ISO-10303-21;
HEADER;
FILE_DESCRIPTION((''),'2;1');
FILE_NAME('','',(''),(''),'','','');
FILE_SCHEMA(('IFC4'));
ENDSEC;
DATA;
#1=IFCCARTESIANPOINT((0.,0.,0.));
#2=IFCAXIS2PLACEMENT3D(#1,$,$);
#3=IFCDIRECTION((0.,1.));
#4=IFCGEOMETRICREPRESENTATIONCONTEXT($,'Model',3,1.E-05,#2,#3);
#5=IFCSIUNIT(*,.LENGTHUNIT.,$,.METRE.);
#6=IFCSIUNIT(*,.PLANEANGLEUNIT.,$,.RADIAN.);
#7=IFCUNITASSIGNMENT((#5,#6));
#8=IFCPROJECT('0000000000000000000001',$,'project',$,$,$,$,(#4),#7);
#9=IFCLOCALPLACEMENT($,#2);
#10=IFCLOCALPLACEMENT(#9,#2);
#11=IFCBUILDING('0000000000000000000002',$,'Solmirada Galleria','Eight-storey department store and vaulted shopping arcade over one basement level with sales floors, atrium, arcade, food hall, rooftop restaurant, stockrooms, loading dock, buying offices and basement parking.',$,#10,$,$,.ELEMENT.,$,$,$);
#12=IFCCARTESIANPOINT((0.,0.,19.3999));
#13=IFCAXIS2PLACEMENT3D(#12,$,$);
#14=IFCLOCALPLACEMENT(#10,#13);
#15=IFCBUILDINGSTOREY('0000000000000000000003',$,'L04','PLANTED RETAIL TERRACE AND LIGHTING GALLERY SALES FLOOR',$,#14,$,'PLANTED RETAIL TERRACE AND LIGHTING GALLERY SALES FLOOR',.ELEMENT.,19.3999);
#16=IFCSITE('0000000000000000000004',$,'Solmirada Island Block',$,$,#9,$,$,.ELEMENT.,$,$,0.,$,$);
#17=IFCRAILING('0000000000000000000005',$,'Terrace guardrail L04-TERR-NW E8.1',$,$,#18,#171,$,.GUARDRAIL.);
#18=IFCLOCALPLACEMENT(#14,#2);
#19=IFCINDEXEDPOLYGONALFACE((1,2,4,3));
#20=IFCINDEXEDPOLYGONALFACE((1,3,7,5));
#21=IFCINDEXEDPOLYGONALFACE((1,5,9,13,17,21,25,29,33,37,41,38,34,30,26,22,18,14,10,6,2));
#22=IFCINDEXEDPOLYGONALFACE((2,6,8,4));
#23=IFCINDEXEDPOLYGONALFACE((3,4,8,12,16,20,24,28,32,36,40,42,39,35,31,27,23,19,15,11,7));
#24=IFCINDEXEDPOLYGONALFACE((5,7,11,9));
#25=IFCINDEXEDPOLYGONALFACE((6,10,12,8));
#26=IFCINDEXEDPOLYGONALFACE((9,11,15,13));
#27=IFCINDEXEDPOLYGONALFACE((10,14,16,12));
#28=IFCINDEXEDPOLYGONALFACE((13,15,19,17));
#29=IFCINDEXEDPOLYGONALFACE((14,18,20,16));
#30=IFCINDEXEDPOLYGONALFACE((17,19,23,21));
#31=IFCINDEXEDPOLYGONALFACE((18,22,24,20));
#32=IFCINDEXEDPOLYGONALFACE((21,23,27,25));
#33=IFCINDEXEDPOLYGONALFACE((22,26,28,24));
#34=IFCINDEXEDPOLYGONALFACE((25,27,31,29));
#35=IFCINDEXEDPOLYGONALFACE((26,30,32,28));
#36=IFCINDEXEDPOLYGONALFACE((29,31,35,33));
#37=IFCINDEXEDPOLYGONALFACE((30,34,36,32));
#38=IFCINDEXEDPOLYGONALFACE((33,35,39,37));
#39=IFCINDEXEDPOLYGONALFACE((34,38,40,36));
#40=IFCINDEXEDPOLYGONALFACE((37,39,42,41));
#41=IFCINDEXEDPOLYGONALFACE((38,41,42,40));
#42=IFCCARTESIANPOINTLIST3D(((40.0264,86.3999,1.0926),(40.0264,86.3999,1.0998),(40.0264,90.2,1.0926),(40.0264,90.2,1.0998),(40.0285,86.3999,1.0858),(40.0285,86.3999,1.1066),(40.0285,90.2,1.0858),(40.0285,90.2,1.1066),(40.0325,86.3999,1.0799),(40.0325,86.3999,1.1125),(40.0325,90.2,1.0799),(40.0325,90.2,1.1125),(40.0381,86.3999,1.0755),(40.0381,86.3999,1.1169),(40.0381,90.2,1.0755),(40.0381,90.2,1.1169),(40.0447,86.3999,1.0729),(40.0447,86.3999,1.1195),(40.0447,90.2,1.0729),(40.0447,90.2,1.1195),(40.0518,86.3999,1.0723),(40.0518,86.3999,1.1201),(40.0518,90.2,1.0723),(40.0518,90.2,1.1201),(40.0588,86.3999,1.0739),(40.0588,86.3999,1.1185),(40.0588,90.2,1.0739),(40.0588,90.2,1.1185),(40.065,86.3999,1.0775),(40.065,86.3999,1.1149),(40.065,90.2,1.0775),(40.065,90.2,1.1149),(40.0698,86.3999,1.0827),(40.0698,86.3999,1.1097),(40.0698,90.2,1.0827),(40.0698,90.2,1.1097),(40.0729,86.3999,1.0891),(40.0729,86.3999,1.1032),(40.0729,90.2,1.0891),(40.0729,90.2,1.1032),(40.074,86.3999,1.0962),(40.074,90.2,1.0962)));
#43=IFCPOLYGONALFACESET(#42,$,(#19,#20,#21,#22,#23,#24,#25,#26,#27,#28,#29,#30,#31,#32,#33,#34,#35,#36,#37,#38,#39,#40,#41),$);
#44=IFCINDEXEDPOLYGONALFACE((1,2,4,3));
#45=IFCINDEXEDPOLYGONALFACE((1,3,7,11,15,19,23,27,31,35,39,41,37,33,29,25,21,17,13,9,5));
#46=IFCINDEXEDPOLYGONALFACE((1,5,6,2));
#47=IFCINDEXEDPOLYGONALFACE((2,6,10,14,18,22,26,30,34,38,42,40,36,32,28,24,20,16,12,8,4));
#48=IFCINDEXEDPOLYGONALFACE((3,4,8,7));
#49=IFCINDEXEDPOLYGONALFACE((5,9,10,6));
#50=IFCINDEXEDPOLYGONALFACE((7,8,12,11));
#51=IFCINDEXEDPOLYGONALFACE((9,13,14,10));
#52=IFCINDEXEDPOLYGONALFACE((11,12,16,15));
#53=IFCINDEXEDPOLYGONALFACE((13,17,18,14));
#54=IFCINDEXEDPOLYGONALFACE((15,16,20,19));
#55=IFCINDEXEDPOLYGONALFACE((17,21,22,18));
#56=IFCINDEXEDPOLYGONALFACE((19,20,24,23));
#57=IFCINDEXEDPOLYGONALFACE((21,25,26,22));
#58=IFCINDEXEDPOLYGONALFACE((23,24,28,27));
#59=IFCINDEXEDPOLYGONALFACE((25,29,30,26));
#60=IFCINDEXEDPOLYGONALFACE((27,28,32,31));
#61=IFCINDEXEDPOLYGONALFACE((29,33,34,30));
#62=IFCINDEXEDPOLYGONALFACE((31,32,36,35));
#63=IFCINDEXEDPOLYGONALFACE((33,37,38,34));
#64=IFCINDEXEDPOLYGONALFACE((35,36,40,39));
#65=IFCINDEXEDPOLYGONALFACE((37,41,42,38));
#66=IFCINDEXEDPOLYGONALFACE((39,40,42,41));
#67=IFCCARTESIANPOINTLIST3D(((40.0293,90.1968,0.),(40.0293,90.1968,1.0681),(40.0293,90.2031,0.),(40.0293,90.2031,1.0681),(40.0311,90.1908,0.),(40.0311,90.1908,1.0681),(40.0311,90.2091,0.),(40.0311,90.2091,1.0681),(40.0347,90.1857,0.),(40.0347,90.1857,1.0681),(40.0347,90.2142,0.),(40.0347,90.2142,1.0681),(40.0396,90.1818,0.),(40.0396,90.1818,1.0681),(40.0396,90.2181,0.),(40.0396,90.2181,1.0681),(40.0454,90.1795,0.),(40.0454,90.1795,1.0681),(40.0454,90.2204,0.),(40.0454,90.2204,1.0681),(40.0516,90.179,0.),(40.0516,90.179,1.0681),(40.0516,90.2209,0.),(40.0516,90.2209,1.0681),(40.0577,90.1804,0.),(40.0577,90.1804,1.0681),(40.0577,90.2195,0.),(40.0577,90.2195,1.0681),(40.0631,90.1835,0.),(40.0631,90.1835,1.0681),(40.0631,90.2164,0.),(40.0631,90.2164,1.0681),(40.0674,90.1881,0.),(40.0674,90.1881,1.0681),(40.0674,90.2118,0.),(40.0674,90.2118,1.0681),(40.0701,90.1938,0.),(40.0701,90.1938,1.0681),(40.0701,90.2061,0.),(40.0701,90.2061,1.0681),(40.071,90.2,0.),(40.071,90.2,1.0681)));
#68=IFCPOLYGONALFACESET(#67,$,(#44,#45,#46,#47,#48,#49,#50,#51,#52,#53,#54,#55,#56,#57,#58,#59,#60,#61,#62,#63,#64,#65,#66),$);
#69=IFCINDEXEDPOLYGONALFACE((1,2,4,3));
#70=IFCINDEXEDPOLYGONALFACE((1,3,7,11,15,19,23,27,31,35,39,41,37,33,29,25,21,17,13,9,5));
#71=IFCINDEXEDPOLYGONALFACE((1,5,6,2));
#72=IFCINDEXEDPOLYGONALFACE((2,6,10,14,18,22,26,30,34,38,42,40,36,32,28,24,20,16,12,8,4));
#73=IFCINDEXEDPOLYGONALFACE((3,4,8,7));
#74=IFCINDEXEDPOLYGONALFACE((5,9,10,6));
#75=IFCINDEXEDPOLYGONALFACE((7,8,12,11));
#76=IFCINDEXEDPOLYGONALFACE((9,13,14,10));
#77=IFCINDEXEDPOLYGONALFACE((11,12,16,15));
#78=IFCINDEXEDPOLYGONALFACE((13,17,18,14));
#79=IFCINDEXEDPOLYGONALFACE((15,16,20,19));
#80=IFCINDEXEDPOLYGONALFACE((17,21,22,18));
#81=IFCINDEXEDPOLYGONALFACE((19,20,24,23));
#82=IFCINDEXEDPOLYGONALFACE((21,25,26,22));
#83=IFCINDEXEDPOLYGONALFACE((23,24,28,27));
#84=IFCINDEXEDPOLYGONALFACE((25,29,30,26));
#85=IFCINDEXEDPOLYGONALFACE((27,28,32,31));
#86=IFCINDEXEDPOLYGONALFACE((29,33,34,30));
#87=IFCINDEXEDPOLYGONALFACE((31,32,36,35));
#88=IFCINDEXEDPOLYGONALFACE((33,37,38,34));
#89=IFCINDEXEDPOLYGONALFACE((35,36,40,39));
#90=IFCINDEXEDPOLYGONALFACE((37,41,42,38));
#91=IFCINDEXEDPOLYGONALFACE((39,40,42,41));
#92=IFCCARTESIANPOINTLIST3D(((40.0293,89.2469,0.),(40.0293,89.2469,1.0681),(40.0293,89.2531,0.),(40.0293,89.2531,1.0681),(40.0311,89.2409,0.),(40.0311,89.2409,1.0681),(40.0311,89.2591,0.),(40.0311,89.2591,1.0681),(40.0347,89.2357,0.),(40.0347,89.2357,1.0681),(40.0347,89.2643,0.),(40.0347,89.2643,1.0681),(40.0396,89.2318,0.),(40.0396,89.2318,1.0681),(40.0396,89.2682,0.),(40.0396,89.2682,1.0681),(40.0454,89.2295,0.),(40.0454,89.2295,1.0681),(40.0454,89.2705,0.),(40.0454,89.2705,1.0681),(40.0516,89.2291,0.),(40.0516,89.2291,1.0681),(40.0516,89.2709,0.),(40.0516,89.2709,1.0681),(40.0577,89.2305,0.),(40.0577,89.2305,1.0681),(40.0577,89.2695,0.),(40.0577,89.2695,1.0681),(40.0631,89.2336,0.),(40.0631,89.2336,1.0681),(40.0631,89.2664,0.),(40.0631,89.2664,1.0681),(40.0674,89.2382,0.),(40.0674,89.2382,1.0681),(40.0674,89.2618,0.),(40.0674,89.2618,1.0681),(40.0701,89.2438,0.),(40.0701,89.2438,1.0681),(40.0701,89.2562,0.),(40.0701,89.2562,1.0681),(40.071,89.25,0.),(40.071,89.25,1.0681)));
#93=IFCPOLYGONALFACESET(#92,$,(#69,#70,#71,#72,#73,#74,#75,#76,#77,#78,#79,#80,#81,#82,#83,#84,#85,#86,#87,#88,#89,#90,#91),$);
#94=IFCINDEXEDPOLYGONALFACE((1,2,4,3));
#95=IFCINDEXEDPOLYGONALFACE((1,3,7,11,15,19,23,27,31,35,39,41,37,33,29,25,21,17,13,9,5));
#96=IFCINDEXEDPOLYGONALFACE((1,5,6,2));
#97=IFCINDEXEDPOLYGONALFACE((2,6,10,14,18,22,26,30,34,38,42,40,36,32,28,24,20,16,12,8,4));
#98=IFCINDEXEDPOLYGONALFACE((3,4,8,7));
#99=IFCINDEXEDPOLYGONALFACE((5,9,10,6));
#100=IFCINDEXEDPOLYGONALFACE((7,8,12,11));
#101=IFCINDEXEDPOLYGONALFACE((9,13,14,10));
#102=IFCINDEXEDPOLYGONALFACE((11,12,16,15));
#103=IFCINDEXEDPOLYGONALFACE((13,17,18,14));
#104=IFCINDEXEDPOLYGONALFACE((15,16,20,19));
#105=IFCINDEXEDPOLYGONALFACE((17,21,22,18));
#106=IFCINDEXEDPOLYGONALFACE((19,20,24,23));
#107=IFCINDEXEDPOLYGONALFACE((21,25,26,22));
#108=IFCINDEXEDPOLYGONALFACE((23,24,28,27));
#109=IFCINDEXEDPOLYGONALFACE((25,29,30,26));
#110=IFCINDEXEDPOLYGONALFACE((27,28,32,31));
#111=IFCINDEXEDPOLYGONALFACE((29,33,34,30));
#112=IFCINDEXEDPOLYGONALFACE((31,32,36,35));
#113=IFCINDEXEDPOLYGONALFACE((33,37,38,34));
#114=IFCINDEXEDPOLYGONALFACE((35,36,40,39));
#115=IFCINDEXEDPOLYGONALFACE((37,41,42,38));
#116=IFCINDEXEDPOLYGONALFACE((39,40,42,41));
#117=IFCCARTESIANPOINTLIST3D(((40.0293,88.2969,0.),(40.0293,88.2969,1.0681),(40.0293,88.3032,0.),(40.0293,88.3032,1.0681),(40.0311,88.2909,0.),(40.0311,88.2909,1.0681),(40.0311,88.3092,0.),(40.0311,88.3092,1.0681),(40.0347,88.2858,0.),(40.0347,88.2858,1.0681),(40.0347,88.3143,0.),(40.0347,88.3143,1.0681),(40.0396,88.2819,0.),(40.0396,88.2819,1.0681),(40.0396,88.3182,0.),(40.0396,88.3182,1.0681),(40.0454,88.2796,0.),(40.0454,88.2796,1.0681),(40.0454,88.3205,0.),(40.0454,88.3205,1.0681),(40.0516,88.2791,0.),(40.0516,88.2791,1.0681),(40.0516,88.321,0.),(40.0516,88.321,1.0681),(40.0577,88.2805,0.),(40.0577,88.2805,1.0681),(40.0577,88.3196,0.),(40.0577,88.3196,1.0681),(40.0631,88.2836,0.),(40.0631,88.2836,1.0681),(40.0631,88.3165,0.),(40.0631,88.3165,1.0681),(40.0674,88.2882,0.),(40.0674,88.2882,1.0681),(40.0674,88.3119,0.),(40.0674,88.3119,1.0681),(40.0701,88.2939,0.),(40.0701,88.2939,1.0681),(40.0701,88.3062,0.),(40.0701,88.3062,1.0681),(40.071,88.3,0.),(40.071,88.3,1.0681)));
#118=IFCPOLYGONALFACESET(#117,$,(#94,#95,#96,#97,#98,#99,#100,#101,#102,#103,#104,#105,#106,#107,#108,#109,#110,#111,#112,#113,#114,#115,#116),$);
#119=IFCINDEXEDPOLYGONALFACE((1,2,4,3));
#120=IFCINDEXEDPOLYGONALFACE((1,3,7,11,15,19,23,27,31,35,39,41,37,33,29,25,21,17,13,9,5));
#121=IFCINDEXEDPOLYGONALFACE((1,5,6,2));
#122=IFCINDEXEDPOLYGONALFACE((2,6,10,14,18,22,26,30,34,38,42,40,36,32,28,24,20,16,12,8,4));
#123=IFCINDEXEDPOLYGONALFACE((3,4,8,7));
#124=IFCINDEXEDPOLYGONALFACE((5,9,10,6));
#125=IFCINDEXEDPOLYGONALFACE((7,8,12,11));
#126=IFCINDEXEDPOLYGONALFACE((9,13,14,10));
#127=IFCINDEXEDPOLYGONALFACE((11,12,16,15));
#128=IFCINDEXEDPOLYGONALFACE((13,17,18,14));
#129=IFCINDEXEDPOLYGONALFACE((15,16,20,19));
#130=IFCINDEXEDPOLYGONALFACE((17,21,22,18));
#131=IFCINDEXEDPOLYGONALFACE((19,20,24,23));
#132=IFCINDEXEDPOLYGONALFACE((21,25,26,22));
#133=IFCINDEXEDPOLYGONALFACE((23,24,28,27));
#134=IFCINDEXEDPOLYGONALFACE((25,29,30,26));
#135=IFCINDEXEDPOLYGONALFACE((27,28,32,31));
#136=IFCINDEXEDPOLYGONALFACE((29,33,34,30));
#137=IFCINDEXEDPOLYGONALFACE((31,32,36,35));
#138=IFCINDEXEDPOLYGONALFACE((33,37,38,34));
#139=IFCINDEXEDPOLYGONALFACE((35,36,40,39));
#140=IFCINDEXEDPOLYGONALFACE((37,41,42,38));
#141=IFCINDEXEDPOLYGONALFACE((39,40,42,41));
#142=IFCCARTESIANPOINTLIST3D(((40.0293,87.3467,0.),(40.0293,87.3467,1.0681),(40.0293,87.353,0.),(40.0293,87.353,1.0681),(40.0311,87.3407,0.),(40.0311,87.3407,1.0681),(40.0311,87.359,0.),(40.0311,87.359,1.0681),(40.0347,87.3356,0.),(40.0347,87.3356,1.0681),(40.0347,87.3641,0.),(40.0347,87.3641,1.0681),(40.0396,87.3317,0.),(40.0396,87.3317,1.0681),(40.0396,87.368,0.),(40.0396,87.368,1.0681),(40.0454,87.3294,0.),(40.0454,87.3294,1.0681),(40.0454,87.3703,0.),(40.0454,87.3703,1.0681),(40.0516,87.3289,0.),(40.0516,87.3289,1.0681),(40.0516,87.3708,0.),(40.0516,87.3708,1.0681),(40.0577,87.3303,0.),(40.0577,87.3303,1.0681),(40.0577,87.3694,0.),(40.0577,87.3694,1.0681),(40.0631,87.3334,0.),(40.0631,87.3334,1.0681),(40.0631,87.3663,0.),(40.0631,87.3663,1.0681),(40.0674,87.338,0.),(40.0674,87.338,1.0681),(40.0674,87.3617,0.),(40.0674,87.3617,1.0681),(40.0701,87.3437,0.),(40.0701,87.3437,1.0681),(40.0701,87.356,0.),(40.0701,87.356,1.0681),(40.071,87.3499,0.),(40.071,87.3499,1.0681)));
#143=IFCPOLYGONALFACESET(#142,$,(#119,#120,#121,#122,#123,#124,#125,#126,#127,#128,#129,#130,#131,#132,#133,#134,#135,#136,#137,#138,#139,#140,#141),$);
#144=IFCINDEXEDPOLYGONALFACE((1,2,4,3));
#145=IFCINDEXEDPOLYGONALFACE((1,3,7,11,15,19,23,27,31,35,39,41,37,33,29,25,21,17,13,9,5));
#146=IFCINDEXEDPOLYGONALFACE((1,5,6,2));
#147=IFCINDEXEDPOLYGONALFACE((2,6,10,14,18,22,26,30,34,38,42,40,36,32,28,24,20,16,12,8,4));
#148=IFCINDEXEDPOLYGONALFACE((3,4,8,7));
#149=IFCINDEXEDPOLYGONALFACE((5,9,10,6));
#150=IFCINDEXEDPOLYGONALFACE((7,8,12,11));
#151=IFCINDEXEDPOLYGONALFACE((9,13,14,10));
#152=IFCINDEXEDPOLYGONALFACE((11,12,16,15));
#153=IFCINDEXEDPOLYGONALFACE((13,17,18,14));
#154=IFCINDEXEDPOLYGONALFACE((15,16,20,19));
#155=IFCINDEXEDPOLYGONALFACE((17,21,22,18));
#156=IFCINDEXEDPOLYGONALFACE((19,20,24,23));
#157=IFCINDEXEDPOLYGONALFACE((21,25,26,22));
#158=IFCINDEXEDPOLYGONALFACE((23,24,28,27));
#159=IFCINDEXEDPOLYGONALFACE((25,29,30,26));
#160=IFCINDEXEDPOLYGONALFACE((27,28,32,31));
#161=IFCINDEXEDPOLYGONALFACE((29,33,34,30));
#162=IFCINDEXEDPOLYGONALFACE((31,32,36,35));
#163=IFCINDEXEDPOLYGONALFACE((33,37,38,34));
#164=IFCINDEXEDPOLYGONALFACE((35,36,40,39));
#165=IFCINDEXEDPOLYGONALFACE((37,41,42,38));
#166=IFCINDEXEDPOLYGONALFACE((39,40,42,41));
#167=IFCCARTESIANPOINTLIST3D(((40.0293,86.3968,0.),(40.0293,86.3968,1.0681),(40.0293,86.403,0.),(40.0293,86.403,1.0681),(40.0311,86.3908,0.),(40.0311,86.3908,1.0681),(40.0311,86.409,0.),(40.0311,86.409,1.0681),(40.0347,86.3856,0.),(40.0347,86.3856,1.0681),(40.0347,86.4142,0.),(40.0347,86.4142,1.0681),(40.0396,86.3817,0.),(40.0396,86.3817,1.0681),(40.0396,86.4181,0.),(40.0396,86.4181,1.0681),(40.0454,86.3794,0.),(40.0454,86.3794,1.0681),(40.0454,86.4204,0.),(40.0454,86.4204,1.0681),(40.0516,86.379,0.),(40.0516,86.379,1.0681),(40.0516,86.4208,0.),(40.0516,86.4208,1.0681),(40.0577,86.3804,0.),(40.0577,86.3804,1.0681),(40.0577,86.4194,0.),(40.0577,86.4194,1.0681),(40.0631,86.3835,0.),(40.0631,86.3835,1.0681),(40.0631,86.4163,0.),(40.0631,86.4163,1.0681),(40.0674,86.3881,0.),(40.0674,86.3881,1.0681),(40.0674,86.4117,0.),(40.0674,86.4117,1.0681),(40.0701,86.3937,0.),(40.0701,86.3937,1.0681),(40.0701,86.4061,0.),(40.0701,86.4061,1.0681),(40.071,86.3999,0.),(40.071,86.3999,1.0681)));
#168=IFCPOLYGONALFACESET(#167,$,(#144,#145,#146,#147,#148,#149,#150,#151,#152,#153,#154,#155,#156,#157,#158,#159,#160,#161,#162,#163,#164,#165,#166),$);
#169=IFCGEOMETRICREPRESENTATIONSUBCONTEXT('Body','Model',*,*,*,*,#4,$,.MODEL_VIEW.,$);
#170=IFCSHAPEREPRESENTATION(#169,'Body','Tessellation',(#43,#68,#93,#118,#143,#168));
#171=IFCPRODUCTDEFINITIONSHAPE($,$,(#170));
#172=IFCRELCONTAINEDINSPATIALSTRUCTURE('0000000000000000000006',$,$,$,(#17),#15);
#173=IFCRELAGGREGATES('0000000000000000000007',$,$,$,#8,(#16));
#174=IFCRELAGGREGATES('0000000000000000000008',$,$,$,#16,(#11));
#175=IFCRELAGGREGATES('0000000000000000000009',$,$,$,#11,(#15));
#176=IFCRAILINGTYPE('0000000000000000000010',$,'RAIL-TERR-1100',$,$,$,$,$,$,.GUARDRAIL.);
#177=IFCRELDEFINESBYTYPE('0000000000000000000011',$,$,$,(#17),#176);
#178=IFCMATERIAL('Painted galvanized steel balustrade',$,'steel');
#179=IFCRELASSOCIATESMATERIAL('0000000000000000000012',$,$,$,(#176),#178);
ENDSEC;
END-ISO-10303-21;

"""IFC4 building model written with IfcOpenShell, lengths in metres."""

from ifc_helpers import new_model, si_unit, direction, frame, origin, origin_2d, place, context, subcontext, project, spatial, circle, extrude, material, type_object, element, save


model = new_model("IFC4")

# Units and contexts
model_context = context("Model", 3, precision=1e-05, world=origin(), true_north=direction((0.0, 1.0)))
body_context = subcontext(model_context, "Body", "Model", "MODEL_VIEW")
ifc_project = project(units=[si_unit("LENGTHUNIT", "METRE"), si_unit("PLANEANGLEUNIT", "RADIAN")], contexts=[model_context])

# Site, building, storey
site_placement = place(None, origin())
site = spatial("IfcSite", under=ifc_project, at=site_placement, Name="Solmirada Island Block", CompositionType="ELEMENT", RefElevation=0.0)
building_placement = place(site_placement, origin())
building = spatial("IfcBuilding", under=site, at=building_placement, Name="Solmirada Galleria", Description="Eight-storey department store and vaulted shopping arcade over one basement level with sales floors, atrium, arcade, food hall, rooftop restaurant, stockrooms, loading dock, buying offices and basement parking.", CompositionType="ELEMENT")
storey_placement = place(building_placement, frame((0.0, 0.0, 19.3999)))
storey = spatial("IfcBuildingStorey", under=building, at=storey_placement, Name="L04", Description="PLANTED RETAIL TERRACE AND LIGHTING GALLERY SALES FLOOR", LongName="PLANTED RETAIL TERRACE AND LIGHTING GALLERY SALES FLOOR", CompositionType="ELEMENT", Elevation=19.3999)

# Railing
ifc_material_1 = material(Name="Painted galvanized steel balustrade", Category="steel")
railing_type = type_object("IfcRailingType", Name="RAIL-TERR-1100", PredefinedType="GUARDRAIL", material=ifc_material_1)
railing_1_placement = place(storey_placement, frame((40.05, 90.2, 0.0)))
element("IfcRailing", 1, at=railing_1_placement, inside=storey, type_object=railing_type, Name="Terrace guardrail L04-TERR-NW E8.1", PredefinedType="GUARDRAIL", context=body_context, shape_type="SweptSolid", body=[
    extrude(circle(Radius=0.0239, at=origin_2d()), frame((0.0, 0.0, 1.0962), z_axis=(0.0, -1.0, 0.0), x_axis=(1.0, 0.0, 0.0)), (0.0, 0.0, 1.0), 3.8),
    extrude(circle(Radius=0.021, at=origin_2d()), origin(), (0.0, 0.0, 1.0), 1.0681),
    extrude(circle(Radius=0.021, at=origin_2d()), frame((0.0, -0.95, 0.0)), (0.0, 0.0, 1.0), 1.0681),
    extrude(circle(Radius=0.021, at=origin_2d()), frame((0.0, -1.8999, 0.0)), (0.0, 0.0, 1.0), 1.0681),
    extrude(circle(Radius=0.021, at=origin_2d()), frame((0.0, -2.8501, 0.0)), (0.0, 0.0, 1.0), 1.0681),
    extrude(circle(Radius=0.021, at=origin_2d()), frame((0.0, -3.8, 0.0)), (0.0, 0.0, 1.0), 1.0681),
])

save(model, "model.ifc")
